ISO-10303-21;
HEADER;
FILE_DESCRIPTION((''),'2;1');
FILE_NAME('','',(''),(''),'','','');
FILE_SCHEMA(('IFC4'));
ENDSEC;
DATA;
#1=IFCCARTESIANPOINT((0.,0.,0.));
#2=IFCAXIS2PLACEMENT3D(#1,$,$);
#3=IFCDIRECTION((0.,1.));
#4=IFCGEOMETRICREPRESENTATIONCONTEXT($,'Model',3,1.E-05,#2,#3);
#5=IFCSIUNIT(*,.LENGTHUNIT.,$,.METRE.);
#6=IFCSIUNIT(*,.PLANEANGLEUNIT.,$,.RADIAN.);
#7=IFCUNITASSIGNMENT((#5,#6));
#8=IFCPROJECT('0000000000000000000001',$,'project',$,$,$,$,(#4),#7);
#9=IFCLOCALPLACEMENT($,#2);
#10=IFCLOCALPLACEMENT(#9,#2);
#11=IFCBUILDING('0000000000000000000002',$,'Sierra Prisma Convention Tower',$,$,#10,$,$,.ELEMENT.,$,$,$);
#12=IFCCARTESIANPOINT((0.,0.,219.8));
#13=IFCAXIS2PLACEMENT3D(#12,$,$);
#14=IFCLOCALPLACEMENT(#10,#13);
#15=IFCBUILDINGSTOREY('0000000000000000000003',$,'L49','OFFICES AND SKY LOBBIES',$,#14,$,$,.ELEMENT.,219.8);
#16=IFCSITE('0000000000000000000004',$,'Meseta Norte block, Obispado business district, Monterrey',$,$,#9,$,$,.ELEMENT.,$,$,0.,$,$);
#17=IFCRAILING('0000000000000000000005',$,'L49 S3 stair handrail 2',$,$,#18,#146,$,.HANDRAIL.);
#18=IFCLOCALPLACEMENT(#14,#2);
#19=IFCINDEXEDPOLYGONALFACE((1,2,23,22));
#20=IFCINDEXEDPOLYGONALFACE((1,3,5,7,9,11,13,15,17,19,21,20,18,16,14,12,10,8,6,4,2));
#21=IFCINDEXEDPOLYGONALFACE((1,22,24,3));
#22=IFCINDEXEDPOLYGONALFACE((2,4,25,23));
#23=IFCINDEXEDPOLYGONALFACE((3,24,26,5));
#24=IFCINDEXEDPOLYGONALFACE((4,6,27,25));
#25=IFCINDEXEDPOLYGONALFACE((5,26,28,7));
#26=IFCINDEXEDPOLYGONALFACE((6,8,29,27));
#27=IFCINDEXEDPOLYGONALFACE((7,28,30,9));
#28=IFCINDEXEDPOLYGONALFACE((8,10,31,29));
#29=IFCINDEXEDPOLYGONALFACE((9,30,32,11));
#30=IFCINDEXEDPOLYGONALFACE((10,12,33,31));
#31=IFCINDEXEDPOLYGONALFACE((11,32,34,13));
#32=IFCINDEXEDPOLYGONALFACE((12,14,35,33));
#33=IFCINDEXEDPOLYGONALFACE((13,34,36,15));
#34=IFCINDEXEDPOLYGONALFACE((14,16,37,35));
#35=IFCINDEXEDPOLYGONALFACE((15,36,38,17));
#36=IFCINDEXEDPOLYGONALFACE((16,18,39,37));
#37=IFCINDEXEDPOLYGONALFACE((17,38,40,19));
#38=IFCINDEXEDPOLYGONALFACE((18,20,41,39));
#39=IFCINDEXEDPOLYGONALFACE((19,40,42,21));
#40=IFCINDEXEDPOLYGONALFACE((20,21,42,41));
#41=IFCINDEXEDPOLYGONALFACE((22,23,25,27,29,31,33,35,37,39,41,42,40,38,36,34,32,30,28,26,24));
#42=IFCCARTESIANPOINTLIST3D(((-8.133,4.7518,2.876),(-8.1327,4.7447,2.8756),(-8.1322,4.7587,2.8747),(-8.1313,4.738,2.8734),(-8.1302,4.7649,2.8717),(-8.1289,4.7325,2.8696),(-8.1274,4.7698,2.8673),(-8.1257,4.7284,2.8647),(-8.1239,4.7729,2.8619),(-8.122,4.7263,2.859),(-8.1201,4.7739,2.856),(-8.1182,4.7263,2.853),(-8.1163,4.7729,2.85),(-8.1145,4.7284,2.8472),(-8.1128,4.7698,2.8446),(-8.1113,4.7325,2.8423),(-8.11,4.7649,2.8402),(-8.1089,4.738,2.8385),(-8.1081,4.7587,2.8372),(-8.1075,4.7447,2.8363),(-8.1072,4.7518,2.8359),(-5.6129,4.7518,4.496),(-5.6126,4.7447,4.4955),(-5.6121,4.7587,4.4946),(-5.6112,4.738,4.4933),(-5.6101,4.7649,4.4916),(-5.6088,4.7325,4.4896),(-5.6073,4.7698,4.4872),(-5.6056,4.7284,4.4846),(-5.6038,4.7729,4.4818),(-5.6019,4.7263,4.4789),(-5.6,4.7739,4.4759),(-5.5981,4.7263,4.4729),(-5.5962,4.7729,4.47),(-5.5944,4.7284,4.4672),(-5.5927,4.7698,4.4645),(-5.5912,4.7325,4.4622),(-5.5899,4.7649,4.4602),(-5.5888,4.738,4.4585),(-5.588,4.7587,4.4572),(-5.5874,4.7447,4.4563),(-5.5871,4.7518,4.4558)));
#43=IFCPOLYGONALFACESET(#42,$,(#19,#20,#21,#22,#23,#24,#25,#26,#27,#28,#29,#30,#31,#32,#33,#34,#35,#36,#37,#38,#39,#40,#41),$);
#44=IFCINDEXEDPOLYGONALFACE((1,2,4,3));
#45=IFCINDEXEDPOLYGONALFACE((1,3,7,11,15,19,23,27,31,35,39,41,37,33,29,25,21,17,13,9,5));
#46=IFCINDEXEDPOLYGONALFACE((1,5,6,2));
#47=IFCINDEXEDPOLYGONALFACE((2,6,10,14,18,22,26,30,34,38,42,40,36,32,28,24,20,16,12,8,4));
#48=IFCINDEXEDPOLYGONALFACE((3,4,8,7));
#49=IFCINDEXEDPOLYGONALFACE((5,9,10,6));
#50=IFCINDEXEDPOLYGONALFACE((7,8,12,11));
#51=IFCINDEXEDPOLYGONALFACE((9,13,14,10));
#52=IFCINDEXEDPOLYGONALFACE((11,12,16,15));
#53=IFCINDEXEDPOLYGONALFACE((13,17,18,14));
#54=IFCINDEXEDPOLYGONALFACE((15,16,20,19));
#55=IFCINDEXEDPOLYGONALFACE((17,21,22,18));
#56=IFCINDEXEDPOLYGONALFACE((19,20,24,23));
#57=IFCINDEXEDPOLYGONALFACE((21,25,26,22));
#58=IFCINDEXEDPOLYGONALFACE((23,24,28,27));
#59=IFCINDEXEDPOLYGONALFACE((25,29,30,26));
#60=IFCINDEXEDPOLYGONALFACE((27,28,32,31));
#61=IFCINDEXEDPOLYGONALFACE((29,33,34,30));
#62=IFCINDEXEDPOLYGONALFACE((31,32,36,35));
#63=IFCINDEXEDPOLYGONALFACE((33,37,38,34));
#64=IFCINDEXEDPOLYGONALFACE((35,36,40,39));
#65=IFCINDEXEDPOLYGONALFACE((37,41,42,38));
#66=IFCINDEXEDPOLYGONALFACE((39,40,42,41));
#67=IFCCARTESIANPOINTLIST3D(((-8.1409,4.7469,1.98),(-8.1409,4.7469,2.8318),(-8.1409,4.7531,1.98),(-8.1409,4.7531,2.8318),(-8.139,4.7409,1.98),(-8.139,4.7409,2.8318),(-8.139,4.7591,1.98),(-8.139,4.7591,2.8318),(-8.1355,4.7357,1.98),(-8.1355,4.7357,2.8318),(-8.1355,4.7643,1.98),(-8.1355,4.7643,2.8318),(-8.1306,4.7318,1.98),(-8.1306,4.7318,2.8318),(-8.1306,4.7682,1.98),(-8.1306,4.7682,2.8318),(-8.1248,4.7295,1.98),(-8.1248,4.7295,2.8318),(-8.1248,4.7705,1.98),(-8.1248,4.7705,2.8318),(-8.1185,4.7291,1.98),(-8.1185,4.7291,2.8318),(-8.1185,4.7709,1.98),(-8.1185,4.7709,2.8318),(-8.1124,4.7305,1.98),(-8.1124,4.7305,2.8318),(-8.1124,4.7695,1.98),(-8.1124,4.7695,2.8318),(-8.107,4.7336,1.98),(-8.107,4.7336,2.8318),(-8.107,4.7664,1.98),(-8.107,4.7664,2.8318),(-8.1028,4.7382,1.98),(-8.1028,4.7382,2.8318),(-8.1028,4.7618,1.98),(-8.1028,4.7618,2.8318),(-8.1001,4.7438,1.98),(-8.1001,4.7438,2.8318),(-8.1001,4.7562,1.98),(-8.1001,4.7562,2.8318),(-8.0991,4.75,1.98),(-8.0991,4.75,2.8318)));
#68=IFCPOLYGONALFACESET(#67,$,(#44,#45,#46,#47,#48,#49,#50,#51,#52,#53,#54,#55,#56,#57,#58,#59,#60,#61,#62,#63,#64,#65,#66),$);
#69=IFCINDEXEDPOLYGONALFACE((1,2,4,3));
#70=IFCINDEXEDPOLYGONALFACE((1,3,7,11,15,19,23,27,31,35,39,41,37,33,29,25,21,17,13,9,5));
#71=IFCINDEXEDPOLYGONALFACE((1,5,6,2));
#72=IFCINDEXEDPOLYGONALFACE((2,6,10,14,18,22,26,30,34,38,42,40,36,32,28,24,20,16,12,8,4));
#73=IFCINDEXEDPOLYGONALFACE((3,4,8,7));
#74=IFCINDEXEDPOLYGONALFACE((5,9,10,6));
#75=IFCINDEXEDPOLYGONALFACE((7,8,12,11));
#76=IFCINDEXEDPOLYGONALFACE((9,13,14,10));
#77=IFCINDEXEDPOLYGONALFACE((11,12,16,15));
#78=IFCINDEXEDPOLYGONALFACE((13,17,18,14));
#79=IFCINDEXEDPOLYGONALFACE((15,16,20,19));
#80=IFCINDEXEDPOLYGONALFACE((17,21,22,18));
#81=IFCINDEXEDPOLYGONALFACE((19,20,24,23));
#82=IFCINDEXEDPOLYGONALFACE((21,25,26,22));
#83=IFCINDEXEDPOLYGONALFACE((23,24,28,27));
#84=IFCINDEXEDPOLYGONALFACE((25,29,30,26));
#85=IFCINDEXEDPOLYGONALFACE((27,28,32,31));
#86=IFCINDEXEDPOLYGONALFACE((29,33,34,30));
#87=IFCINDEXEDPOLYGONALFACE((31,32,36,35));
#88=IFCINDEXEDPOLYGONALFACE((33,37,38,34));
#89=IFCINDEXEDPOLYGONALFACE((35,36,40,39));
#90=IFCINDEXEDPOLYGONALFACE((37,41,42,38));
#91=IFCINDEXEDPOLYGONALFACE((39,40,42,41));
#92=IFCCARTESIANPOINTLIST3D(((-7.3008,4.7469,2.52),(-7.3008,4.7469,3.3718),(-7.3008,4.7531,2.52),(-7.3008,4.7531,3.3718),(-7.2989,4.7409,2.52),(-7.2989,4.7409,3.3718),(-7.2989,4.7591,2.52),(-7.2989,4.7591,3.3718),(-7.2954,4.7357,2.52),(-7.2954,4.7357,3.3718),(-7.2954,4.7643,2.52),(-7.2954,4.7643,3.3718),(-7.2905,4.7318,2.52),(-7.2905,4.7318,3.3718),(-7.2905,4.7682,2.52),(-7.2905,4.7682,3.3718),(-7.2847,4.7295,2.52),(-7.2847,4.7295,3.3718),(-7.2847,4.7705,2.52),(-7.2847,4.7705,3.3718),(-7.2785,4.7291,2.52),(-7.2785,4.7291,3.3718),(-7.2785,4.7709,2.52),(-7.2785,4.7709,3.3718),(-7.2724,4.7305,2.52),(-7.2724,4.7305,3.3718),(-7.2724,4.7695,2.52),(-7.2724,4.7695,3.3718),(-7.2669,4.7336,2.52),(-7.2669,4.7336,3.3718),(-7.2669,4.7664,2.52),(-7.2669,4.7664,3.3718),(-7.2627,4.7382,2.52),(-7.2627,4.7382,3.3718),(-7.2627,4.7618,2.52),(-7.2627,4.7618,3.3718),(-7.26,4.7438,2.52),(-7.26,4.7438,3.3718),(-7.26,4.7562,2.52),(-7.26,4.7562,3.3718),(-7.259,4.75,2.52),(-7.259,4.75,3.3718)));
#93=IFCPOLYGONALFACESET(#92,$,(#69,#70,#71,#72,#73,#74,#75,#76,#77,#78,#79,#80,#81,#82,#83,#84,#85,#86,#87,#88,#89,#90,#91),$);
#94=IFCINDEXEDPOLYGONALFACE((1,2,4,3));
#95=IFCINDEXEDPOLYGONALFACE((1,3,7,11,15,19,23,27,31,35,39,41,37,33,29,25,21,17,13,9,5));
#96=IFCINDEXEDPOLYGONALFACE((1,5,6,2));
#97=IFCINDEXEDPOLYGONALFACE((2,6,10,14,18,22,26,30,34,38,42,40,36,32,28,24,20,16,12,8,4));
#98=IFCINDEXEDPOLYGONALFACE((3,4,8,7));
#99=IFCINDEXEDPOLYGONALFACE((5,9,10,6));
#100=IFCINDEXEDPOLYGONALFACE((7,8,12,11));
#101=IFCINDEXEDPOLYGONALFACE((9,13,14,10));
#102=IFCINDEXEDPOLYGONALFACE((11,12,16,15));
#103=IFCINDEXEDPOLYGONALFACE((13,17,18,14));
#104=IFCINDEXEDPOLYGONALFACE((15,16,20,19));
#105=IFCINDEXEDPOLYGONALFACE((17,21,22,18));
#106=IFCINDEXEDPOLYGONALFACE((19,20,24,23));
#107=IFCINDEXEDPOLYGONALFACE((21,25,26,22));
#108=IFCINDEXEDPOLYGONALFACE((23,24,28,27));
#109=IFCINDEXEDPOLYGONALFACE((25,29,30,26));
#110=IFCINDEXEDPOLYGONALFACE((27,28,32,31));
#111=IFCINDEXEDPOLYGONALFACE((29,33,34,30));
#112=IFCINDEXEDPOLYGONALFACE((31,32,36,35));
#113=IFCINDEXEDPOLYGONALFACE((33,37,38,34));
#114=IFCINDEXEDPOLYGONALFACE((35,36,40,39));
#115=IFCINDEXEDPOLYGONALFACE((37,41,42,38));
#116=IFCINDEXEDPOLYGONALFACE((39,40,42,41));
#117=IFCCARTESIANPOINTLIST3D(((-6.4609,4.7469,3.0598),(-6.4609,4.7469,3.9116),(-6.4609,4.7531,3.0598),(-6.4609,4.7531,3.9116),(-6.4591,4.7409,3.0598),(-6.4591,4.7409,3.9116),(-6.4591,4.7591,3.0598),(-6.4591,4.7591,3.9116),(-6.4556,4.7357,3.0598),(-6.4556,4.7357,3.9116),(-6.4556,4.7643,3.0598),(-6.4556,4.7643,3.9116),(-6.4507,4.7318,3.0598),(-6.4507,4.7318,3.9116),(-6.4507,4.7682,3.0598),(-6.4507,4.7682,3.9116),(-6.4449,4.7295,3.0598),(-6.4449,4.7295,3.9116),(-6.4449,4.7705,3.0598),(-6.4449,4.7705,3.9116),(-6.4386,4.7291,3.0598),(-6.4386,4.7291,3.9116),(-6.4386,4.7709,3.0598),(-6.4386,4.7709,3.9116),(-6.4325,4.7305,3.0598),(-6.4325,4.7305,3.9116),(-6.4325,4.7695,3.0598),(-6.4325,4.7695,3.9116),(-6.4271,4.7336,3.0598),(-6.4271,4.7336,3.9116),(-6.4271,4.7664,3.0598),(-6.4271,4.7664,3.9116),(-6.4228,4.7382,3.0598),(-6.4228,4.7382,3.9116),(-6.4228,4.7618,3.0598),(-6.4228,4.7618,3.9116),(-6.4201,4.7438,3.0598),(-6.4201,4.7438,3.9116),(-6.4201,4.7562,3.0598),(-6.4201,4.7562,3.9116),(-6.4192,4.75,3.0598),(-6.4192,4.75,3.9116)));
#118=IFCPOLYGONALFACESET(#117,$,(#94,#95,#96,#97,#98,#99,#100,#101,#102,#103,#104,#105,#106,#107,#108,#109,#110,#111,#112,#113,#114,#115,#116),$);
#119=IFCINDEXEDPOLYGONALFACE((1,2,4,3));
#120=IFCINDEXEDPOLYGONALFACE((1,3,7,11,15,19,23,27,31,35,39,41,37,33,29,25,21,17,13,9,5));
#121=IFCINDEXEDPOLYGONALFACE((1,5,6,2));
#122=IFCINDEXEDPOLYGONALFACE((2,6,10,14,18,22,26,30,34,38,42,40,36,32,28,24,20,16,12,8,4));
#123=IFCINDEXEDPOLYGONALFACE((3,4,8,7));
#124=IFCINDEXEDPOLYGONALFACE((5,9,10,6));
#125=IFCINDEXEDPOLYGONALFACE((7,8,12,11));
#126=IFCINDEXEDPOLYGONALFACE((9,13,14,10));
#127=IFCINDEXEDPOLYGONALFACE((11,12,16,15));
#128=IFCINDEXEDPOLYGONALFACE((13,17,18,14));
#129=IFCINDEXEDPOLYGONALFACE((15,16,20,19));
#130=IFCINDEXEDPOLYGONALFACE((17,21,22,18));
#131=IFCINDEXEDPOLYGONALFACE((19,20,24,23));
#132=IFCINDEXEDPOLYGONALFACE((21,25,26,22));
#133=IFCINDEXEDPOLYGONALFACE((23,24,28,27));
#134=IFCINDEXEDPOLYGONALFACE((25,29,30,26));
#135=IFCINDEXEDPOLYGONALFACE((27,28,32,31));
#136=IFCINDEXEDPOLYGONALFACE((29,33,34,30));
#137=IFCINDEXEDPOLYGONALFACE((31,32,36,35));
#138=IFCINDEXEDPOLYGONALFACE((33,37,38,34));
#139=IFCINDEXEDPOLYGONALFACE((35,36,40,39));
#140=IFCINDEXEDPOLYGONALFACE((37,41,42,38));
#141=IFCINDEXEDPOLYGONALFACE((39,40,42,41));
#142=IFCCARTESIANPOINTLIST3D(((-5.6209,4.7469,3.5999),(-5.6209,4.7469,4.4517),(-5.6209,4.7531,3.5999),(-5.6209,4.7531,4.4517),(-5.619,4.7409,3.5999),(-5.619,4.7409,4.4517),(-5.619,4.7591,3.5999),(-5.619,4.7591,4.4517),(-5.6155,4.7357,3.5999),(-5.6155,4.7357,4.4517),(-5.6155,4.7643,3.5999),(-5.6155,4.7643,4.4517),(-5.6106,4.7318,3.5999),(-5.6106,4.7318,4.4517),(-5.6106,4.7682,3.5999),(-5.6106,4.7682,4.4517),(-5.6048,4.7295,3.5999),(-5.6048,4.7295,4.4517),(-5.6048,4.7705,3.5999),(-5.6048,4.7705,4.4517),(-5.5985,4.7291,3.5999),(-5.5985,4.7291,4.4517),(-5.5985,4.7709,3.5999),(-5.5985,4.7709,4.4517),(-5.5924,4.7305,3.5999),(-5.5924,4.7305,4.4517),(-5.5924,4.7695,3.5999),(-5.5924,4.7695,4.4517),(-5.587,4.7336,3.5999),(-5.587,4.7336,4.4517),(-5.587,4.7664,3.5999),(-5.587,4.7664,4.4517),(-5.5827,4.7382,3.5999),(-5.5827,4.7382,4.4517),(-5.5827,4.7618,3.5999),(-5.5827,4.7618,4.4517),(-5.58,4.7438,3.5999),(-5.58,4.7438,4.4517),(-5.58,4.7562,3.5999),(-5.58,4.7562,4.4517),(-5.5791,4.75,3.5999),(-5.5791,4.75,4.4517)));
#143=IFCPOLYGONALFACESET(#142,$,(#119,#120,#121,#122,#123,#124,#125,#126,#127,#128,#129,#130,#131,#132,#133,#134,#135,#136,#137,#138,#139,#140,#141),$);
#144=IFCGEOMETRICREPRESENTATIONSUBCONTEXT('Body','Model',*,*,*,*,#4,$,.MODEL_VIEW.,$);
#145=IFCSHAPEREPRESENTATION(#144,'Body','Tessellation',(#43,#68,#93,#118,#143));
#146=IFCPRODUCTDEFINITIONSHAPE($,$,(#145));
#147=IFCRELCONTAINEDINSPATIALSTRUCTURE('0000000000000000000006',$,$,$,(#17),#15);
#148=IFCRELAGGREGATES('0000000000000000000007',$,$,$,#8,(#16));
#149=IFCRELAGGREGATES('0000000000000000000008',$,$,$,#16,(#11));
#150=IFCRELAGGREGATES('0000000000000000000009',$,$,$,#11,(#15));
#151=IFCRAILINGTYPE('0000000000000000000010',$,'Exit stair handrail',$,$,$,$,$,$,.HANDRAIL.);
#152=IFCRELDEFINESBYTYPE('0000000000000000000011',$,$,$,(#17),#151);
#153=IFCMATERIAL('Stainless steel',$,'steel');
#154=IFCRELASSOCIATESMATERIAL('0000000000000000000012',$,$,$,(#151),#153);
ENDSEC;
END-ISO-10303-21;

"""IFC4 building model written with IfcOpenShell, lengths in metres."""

from ifc_helpers import new_model, si_unit, direction, frame, origin, origin_2d, place, context, subcontext, project, spatial, circle, extrude, material, type_object, element, save


model = new_model("IFC4")

# Units and contexts
model_context = context("Model", 3, precision=1e-05, world=origin(), true_north=direction((0.0, 1.0)))
body_context = subcontext(model_context, "Body", "Model", "MODEL_VIEW")
ifc_project = project(units=[si_unit("LENGTHUNIT", "METRE"), si_unit("PLANEANGLEUNIT", "RADIAN")], contexts=[model_context])

# Site, building, storey
site_placement = place(None, origin())
site = spatial("IfcSite", under=ifc_project, at=site_placement, Name="Meseta Norte block, Obispado business district, Monterrey", CompositionType="ELEMENT", RefElevation=0.0)
building_placement = place(site_placement, origin())
building = spatial("IfcBuilding", under=site, at=building_placement, Name="Sierra Prisma Convention Tower", CompositionType="ELEMENT")
storey_placement = place(building_placement, frame((0.0, 0.0, 219.8)))
storey = spatial("IfcBuildingStorey", under=building, at=storey_placement, Name="L49", Description="OFFICES AND SKY LOBBIES", CompositionType="ELEMENT", Elevation=219.8)

# Railing
ifc_material_1 = material(Name="Stainless steel", Category="steel")
railing_type_1 = type_object("IfcRailingType", Name="Exit stair handrail", PredefinedType="HANDRAIL", material=ifc_material_1)
railing_1_placement = place(storey_placement, frame((-8.1201, 4.75, 1.98)))
element("IfcRailing", 1, at=railing_1_placement, inside=storey, type_object=railing_type_1, Name="L49 S3 stair handrail 2", PredefinedType="HANDRAIL", context=body_context, shape_type="SweptSolid", body=[
    extrude(circle(Radius=0.0239, at=origin_2d()), frame((0.0, 0.0, 0.876), z_axis=(0.8412, 0.0, 0.540725), x_axis=(0.0, 1.0, 0.0)), (0.0, 0.0, 1.0), 2.9958),
    extrude(circle(Radius=0.021, at=origin_2d()), origin(), (0.0, 0.0, 1.0), 0.8518),
    extrude(circle(Radius=0.021, at=origin_2d()), frame((0.8401, 0.0, 0.54)), (0.0, 0.0, 1.0), 0.8518),
    extrude(circle(Radius=0.021, at=origin_2d()), frame((1.6799, 0.0, 1.0798)), (0.0, 0.0, 1.0), 0.8518),
    extrude(circle(Radius=0.021, at=origin_2d()), frame((2.52, 0.0, 1.6199)), (0.0, 0.0, 1.0), 0.8518),
])

save(model, "model.ifc")
